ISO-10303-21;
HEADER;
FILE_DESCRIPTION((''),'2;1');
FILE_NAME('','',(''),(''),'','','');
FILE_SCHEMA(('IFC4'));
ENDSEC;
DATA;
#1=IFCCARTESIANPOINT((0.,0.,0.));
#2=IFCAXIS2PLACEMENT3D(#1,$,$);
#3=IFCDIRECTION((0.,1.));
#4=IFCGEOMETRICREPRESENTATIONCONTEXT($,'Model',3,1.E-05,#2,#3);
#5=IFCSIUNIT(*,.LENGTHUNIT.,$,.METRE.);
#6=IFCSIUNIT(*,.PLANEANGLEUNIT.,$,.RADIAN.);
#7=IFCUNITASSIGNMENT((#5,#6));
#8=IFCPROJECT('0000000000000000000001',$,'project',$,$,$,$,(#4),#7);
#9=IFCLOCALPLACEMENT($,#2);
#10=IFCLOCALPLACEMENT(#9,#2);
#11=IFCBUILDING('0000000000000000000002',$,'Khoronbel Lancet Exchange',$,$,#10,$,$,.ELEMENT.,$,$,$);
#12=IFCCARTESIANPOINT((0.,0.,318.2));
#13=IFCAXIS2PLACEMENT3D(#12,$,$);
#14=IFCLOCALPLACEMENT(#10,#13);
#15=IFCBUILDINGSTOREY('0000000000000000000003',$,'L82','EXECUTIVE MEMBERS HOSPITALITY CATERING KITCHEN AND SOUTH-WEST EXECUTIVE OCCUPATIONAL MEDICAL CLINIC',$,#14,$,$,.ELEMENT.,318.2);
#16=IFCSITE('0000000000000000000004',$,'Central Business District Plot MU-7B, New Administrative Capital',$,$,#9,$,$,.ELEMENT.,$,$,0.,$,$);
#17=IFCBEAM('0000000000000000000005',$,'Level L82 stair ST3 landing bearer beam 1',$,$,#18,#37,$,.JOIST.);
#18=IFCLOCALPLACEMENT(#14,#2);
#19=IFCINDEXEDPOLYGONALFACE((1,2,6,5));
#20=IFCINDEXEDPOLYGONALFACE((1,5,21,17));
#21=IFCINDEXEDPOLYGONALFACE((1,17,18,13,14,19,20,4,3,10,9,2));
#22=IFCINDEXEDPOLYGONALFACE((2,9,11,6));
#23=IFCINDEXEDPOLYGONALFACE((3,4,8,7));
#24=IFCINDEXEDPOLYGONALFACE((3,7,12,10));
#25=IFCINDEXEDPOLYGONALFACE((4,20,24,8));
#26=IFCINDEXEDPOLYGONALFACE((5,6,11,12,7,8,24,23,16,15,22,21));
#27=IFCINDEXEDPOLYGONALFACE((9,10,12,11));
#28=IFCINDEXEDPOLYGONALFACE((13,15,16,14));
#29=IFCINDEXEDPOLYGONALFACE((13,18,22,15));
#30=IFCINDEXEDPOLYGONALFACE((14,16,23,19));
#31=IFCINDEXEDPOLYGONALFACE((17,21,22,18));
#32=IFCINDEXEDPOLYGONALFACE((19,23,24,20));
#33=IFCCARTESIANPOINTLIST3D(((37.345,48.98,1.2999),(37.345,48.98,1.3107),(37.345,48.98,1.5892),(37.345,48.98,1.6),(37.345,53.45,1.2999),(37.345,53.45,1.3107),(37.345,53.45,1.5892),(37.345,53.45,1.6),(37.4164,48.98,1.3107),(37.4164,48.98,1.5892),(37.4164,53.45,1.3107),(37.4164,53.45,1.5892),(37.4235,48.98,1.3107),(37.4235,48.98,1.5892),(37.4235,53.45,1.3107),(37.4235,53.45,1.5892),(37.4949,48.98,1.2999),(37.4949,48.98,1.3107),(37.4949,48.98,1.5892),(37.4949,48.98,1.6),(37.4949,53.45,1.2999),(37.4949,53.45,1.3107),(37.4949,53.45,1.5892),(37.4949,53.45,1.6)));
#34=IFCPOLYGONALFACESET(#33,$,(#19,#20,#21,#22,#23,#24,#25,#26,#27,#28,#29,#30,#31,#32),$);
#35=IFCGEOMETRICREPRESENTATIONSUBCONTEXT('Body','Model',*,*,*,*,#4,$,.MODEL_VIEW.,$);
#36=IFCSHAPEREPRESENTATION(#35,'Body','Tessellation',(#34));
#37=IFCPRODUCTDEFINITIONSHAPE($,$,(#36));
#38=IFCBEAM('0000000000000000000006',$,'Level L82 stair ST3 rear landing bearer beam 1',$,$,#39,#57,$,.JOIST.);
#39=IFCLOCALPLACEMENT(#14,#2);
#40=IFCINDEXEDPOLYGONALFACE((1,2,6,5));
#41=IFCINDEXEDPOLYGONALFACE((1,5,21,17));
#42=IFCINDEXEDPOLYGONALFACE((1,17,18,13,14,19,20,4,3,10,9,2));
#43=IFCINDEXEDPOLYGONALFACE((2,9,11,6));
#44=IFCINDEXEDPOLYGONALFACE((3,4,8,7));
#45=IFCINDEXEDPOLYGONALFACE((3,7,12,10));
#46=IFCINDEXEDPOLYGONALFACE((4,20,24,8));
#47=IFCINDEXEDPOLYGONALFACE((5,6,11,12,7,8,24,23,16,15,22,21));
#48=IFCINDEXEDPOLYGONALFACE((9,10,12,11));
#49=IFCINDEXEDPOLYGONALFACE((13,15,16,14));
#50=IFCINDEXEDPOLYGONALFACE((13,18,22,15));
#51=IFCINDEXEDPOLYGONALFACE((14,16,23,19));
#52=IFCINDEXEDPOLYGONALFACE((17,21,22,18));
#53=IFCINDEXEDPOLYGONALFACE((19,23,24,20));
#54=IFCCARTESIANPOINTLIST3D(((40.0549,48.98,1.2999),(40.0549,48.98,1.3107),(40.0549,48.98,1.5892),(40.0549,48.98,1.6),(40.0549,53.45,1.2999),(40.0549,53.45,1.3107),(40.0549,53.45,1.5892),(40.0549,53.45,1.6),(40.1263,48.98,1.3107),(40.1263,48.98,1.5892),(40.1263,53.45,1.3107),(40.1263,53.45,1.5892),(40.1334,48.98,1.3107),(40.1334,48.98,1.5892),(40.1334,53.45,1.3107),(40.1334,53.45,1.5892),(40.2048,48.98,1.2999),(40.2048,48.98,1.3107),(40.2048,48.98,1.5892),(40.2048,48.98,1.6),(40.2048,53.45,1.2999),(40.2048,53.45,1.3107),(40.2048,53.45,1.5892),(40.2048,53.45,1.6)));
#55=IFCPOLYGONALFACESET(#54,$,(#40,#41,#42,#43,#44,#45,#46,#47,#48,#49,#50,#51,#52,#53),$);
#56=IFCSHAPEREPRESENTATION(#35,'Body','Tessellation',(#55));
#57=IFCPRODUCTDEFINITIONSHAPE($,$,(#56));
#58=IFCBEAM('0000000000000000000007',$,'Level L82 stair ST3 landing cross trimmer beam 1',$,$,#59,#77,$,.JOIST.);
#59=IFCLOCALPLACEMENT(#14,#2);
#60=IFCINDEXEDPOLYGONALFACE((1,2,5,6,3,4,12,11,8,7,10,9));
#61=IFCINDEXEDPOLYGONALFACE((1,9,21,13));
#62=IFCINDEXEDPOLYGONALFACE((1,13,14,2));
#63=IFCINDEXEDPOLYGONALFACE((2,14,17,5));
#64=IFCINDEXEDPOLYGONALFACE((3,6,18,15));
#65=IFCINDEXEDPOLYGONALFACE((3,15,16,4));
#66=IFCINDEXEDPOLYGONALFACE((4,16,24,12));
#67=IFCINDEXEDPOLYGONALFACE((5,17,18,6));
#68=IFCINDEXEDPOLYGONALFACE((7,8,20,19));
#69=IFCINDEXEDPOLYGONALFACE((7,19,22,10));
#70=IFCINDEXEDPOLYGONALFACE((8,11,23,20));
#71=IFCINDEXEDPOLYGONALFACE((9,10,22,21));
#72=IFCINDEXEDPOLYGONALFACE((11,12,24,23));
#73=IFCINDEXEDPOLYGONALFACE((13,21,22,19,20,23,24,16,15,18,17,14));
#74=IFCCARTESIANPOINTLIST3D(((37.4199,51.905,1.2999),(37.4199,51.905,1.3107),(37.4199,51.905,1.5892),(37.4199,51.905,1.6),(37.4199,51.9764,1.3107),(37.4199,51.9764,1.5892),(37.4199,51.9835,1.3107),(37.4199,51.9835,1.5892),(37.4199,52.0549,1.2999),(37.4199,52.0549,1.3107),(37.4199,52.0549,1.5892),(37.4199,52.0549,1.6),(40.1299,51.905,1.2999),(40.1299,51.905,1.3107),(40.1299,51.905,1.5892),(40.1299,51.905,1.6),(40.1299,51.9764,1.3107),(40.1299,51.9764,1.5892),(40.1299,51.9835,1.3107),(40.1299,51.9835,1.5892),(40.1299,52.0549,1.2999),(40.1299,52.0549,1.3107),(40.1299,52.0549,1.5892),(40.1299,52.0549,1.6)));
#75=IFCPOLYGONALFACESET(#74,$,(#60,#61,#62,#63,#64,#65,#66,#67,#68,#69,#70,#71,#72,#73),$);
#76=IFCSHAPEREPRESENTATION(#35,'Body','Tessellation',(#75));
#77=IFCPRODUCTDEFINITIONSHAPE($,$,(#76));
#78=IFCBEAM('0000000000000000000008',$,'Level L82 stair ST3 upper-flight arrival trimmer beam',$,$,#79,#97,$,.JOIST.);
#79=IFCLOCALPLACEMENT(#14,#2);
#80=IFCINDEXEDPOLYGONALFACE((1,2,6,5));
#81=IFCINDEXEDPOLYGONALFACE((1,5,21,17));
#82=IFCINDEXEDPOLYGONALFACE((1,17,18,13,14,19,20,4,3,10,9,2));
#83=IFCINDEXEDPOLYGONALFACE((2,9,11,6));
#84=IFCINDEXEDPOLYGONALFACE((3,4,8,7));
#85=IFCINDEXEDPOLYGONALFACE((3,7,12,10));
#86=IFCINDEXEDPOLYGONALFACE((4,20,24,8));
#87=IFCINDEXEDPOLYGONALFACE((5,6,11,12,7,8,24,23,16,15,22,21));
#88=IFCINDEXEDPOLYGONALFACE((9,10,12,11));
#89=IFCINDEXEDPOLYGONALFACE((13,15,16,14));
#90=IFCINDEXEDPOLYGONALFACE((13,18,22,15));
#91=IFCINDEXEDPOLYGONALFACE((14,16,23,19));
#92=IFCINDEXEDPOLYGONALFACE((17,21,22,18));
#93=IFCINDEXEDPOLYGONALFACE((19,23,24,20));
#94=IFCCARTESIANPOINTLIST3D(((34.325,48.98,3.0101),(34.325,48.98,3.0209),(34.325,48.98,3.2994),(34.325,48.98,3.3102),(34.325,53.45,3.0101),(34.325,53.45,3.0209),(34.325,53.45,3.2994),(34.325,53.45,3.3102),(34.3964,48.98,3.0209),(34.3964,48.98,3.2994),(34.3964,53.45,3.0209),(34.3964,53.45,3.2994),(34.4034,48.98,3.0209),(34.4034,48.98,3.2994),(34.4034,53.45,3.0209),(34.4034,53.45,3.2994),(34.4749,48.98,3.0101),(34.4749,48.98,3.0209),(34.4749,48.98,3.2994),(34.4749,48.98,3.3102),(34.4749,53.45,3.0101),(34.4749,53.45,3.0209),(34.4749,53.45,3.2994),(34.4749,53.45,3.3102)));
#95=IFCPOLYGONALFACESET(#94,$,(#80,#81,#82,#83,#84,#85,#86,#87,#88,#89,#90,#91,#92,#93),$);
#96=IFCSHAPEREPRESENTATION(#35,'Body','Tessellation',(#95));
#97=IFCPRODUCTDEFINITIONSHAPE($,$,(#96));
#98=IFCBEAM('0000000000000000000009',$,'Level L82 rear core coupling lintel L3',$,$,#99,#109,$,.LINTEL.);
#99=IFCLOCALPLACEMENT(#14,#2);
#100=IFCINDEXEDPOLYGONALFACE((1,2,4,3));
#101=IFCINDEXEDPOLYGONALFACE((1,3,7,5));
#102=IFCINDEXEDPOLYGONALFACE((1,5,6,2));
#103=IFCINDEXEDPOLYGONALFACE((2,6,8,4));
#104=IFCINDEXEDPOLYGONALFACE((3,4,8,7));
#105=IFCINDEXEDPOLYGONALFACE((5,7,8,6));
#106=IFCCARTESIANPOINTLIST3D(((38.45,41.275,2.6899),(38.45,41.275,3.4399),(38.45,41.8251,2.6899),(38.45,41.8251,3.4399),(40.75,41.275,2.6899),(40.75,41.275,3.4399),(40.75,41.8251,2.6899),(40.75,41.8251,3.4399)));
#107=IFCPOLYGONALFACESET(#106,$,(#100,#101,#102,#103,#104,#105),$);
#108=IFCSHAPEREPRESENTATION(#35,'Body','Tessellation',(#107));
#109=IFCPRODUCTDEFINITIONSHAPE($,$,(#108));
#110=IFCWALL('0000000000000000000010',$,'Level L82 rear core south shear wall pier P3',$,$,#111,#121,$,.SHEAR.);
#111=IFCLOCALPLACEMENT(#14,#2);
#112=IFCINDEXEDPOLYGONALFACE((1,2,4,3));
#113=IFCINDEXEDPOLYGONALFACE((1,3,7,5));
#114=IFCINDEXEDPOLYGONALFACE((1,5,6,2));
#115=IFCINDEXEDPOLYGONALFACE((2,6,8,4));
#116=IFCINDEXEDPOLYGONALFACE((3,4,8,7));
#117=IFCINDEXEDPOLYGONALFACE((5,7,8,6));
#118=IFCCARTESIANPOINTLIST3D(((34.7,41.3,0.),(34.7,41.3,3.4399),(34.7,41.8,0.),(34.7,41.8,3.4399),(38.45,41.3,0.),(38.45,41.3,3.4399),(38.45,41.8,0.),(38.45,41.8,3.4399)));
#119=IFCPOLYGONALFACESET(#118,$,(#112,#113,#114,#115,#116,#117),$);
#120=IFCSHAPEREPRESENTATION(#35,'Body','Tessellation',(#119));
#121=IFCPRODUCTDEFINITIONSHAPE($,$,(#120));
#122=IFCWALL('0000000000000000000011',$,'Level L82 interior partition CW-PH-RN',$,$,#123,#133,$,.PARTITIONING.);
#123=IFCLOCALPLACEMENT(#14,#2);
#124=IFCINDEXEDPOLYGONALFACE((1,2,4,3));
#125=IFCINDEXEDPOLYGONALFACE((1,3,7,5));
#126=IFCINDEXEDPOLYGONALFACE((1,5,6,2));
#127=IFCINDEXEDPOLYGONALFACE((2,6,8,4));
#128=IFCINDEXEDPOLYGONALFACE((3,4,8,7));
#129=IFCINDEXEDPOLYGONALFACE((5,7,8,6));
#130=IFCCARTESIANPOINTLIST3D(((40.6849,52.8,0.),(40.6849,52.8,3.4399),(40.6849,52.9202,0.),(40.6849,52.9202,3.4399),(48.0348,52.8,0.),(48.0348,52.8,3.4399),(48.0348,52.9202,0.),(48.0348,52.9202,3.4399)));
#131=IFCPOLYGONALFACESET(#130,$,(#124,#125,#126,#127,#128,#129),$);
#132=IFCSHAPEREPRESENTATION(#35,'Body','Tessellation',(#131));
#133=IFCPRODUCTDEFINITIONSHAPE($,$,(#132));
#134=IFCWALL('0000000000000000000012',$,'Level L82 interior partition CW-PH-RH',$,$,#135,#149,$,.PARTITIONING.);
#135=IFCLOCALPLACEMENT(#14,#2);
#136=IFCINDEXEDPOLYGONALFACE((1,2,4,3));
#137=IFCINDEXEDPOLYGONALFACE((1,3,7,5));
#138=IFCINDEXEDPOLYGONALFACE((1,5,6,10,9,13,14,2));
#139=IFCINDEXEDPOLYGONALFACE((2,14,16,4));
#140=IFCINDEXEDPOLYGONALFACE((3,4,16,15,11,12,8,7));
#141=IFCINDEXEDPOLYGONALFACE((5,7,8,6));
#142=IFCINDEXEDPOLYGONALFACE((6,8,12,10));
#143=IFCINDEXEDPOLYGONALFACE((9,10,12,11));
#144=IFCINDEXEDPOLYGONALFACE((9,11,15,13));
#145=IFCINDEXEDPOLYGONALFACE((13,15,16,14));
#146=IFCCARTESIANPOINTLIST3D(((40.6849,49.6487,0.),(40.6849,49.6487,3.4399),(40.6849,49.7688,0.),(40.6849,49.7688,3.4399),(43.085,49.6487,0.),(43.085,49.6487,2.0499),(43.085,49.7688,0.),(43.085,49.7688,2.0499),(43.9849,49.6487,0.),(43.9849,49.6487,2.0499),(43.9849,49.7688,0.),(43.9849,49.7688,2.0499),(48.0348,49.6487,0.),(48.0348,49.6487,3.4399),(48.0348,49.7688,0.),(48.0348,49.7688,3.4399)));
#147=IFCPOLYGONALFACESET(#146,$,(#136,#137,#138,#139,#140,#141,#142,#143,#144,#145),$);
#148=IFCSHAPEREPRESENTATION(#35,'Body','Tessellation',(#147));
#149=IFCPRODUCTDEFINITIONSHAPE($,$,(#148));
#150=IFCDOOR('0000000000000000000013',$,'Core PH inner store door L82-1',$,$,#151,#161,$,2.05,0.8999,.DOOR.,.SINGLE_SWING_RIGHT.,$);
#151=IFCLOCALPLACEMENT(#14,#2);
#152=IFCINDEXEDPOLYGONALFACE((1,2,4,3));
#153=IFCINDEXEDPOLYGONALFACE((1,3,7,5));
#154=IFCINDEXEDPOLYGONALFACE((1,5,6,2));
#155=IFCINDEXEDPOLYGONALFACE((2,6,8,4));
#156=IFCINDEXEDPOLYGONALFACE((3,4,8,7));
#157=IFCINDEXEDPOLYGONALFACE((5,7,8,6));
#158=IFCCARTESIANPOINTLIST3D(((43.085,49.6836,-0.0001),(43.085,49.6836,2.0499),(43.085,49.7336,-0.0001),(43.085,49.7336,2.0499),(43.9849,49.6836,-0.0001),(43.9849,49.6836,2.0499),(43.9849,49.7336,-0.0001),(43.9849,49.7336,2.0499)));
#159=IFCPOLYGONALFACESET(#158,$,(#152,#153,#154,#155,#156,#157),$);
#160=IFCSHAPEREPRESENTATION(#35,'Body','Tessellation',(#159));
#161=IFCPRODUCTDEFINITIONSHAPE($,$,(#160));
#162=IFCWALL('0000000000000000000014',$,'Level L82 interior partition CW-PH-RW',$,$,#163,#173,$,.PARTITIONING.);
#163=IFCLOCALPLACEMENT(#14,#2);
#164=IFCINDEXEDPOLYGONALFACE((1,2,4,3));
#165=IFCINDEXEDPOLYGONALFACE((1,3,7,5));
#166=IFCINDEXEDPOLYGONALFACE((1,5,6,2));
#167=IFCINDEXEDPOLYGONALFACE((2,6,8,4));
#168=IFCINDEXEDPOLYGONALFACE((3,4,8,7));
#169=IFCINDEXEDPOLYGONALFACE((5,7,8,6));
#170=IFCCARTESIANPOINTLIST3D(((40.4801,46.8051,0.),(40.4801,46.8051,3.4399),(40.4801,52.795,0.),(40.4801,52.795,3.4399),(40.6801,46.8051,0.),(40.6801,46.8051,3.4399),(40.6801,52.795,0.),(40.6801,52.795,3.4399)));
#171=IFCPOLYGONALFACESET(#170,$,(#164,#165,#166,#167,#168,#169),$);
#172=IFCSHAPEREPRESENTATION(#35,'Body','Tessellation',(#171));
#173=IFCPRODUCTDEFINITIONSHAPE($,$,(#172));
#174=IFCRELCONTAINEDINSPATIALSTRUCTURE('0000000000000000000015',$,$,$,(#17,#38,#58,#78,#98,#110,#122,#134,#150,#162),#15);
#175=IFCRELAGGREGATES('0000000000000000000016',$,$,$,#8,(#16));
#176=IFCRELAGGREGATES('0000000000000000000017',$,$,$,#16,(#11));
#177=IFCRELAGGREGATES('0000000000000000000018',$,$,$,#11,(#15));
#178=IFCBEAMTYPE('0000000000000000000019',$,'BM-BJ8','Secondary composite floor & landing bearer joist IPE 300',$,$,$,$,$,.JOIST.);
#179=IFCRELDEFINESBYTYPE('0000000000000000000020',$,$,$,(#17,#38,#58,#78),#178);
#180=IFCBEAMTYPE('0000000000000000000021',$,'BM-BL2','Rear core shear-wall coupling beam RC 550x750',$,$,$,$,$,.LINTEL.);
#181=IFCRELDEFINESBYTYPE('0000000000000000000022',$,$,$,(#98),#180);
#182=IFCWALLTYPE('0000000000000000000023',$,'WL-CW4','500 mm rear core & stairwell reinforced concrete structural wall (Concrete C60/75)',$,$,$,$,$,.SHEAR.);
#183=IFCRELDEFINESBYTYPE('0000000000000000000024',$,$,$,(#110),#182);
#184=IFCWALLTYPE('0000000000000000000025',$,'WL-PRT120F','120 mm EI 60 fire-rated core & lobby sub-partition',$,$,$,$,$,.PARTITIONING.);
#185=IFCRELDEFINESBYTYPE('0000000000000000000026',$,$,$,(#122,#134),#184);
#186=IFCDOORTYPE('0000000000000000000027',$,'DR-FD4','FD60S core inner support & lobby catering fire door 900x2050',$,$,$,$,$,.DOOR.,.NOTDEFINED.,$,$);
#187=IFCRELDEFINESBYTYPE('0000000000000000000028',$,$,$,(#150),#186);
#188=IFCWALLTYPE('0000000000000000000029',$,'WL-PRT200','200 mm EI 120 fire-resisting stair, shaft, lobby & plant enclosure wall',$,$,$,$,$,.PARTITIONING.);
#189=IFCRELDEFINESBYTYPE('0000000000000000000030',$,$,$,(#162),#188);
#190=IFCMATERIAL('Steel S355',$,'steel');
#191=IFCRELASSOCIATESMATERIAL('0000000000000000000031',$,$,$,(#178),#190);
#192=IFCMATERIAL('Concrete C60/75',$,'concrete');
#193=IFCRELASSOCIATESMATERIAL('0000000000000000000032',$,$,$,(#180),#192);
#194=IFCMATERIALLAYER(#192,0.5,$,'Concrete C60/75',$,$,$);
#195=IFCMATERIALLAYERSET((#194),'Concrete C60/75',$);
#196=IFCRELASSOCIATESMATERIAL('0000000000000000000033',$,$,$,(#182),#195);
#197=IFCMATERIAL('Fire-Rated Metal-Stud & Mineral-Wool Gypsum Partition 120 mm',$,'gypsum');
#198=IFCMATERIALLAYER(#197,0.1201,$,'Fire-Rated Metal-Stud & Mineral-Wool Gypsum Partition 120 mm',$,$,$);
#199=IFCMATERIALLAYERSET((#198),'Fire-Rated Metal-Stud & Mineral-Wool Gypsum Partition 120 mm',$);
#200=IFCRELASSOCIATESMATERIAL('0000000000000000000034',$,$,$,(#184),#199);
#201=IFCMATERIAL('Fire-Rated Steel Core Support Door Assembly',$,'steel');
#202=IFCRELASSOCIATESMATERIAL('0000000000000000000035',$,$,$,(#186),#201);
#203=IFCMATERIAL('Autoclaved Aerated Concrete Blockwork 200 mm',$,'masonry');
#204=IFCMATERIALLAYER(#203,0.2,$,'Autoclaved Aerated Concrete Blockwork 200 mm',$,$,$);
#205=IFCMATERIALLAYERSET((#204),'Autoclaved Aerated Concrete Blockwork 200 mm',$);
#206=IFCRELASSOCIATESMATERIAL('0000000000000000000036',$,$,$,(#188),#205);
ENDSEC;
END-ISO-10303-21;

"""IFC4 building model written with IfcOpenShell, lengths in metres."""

from ifc_helpers import new_model, si_unit, direction, frame, frame_2d, origin, origin_2d, place, context, subcontext, project, spatial, rectangle, i_section, extrude, material, layer, layer_set, material_profile, profile_set, type_object, element, fill, save


model = new_model("IFC4")

# Units and contexts
model_context = context("Model", 3, precision=1e-05, world=origin(), true_north=direction((0.0, 1.0)))
body_context = subcontext(model_context, "Body", "Model", "MODEL_VIEW")
ifc_project = project(units=[si_unit("LENGTHUNIT", "METRE"), si_unit("PLANEANGLEUNIT", "RADIAN")], contexts=[model_context])

# Site, building, storey
site_placement = place(None, origin())
site = spatial("IfcSite", under=ifc_project, at=site_placement, Name="Central Business District Plot MU-7B, New Administrative Capital", CompositionType="ELEMENT", RefElevation=0.0)
building_placement = place(site_placement, origin())
building = spatial("IfcBuilding", under=site, at=building_placement, Name="Khoronbel Lancet Exchange", CompositionType="ELEMENT")
storey_placement = place(building_placement, frame((0.0, 0.0, 318.2)))
storey = spatial("IfcBuildingStorey", under=building, at=storey_placement, Name="L82", Description="EXECUTIVE MEMBERS HOSPITALITY CATERING KITCHEN AND SOUTH-WEST EXECUTIVE OCCUPATIONAL MEDICAL CLINIC", CompositionType="ELEMENT", Elevation=318.2)

# Beams
ifc_material_1 = material(Name="Steel S355", Category="steel")
ifc_material_profile_1 = material_profile(ifc_material_1, i_section(OverallWidth=0.1499, OverallDepth=0.3, WebThickness=0.0071, FlangeThickness=0.0107, at=origin_2d()), Name="IPE 300")
ifc_profile_set_1 = profile_set([ifc_material_profile_1], Name="Steel S355")
beam_type_1 = type_object("IfcBeamType", Name="BM-BJ8", Description="Secondary composite floor & landing bearer joist IPE 300", PredefinedType="JOIST", material=ifc_profile_set_1)
for number, where, z_axis, x_axis, name in (
    (1, (37.4199, 48.98, 1.45), (0.0, 1.0, 0.0), (-1.0, 0.0, 0.0), "Level L82 stair ST3 landing bearer beam 1"),
    (2, (40.1299, 48.98, 1.45), (0.0, 1.0, 0.0), (-1.0, 0.0, 0.0), "Level L82 stair ST3 rear landing bearer beam 1"),
):
    element("IfcBeam", number, at=place(storey_placement, frame(where, z_axis=z_axis, x_axis=x_axis)), inside=storey, type_object=beam_type_1, Name=name, PredefinedType="JOIST", context=body_context, shape_type="SweptSolid", body=[
        extrude(i_section(OverallWidth=0.1499, OverallDepth=0.3, WebThickness=0.0071, FlangeThickness=0.0107, at=origin_2d()), origin(), (0.0, 0.0, 1.0), 4.47),
    ])
beam_1_placement = place(storey_placement, frame((37.4199, 51.98, 1.45), z_axis=(1.0, 0.0, 0.0), x_axis=(0.0, 1.0, 0.0)))
element("IfcBeam", 3, at=beam_1_placement, inside=storey, type_object=beam_type_1, Name="Level L82 stair ST3 landing cross trimmer beam 1", PredefinedType="JOIST", context=body_context, shape_type="SweptSolid", body=[
    extrude(i_section(OverallWidth=0.1499, OverallDepth=0.3, WebThickness=0.0071, FlangeThickness=0.0107, at=origin_2d()), origin(), (0.0, 0.0, 1.0), 2.71),
])
beam_2_placement = place(storey_placement, frame((34.3999, 48.98, 3.1602), z_axis=(0.0, 1.0, 0.0), x_axis=(-1.0, 0.0, 0.0)))
element("IfcBeam", 4, at=beam_2_placement, inside=storey, type_object=beam_type_1, Name="Level L82 stair ST3 upper-flight arrival trimmer beam", PredefinedType="JOIST", context=body_context, shape_type="SweptSolid", body=[
    extrude(i_section(OverallWidth=0.1499, OverallDepth=0.3, WebThickness=0.0071, FlangeThickness=0.0107, at=origin_2d()), origin(), (0.0, 0.0, 1.0), 4.47),
])
ifc_material_2 = material(Name="Concrete C60/75", Category="concrete")
ifc_material_profile_2 = material_profile(ifc_material_2, rectangle(XDim=0.55, YDim=0.75, at=origin_2d()), Name="RC 550x750")
ifc_profile_set_2 = profile_set([ifc_material_profile_2], Name="Concrete C60/75")
beam_type_2 = type_object("IfcBeamType", Name="BM-BL2", Description="Rear core shear-wall coupling beam RC 550x750", PredefinedType="LINTEL", material=ifc_profile_set_2)
beam_3_placement = place(storey_placement, frame((38.45, 41.55, 3.0649), z_axis=(1.0, 0.0, 0.0), x_axis=(0.0, 1.0, 0.0)))
element("IfcBeam", 5, at=beam_3_placement, inside=storey, type_object=beam_type_2, Name="Level L82 rear core coupling lintel L3", PredefinedType="LINTEL", context=body_context, shape_type="SweptSolid", body=[
    extrude(rectangle(XDim=0.55, YDim=0.75, at=origin_2d()), origin(), (0.0, 0.0, 1.0), 2.3),
])

# Walls
ifc_layer_1 = layer(ifc_material_2, 0.5, Name="Concrete C60/75")
ifc_layer_set_1 = layer_set([ifc_layer_1], Name="Concrete C60/75")
wall_type_1 = type_object("IfcWallType", Name="WL-CW4", Description="500 mm rear core & stairwell reinforced concrete structural wall (Concrete C60/75)", PredefinedType="SHEAR", material=ifc_layer_set_1)
wall_1_placement = place(storey_placement, frame((38.45, 41.55, 0.0), z_axis=(0.0, 0.0, 1.0), x_axis=(-1.0, 0.0, 0.0)))
element("IfcWall", 6, at=wall_1_placement, inside=storey, type_object=wall_type_1, Name="Level L82 rear core south shear wall pier P3", PredefinedType="SHEAR", context=body_context, shape_type="SweptSolid", body=[
    extrude(rectangle(XDim=3.75, YDim=0.5, at=frame_2d((1.875, 0.0))), origin(), (0.0, 0.0, 1.0), 3.4399),
])
ifc_material_3 = material(Name="Fire-Rated Metal-Stud & Mineral-Wool Gypsum Partition 120 mm", Category="gypsum")
ifc_layer_2 = layer(ifc_material_3, 0.1201, Name="Fire-Rated Metal-Stud & Mineral-Wool Gypsum Partition 120 mm")
ifc_layer_set_2 = layer_set([ifc_layer_2], Name="Fire-Rated Metal-Stud & Mineral-Wool Gypsum Partition 120 mm")
wall_type_2 = type_object("IfcWallType", Name="WL-PRT120F", Description="120 mm EI 60 fire-rated core & lobby sub-partition", PredefinedType="PARTITIONING", material=ifc_layer_set_2)
wall_2_placement = place(storey_placement, frame((40.6851, 52.8601, 0.0), z_axis=(0.0, 0.0, 1.0), x_axis=(1.0, 0.0, 0.0)))
element("IfcWall", 7, at=wall_2_placement, inside=storey, type_object=wall_type_2, Name="Level L82 interior partition CW-PH-RN", PredefinedType="PARTITIONING", context=body_context, shape_type="SweptSolid", body=[
    extrude(rectangle(XDim=7.3499, YDim=0.1201, at=frame_2d((3.6748, 0.0))), origin(), (0.0, 0.0, 1.0), 3.4399),
])

# Wall, opening, door
wall_3_placement = place(storey_placement, frame((40.6851, 49.7087, 0.0), z_axis=(0.0, 0.0, 1.0), x_axis=(1.0, 0.0, 0.0)))
wall_3 = element("IfcWall", 8, at=wall_3_placement, inside=storey, type_object=wall_type_2, Name="Level L82 interior partition CW-PH-RH", PredefinedType="PARTITIONING", context=body_context, shape_type="SweptSolid", body=[
    extrude(rectangle(XDim=7.3499, YDim=0.1201, at=frame_2d((3.6748, 0.0))), origin(), (0.0, 0.0, 1.0), 3.4399),
])
opening_1_placement = place(wall_3_placement, frame((2.3999, 0.0, 0.0)))
opening_1 = element("IfcOpeningElement", 9, at=opening_1_placement, cuts=wall_3, PredefinedType="OPENING", context=body_context, shape_type="SweptSolid", body=[
    extrude(rectangle(XDim=0.8999, YDim=2.05, at=frame_2d((0.45, 1.0249))), frame((0.0, 0.0701, 0.0), z_axis=(0.0, -1.0, 0.0), x_axis=(1.0, 0.0, 0.0)), (0.0, 0.0, 1.0), 0.1401),
])
ifc_material_4 = material(Name="Fire-Rated Steel Core Support Door Assembly", Category="steel")
door_type_1 = type_object("IfcDoorType", Name="DR-FD4", Description="FD60S core inner support & lobby catering fire door 900x2050", OperationType="NOTDEFINED", PredefinedType="DOOR", material=ifc_material_4)
door_1_placement = place(opening_1_placement, origin())
door_1 = element("IfcDoor", 10, at=door_1_placement, inside=storey, type_object=door_type_1, Name="Core PH inner store door L82-1", OperationType="SINGLE_SWING_RIGHT", OverallHeight=2.05, OverallWidth=0.8999, PredefinedType="DOOR", context=body_context, shape_type="SweptSolid", body=[
    extrude(rectangle(XDim=0.8999, YDim=2.05, at=frame_2d((0.45, 1.0249))), frame((0.0, 0.0249, 0.0), z_axis=(0.0, -1.0, 0.0), x_axis=(1.0, 0.0, 0.0)), (0.0, 0.0, 1.0), 0.05),
])
fill(opening_1, door_1)

# Wall
ifc_material_5 = material(Name="Autoclaved Aerated Concrete Blockwork 200 mm", Category="masonry")
ifc_layer_3 = layer(ifc_material_5, 0.2, Name="Autoclaved Aerated Concrete Blockwork 200 mm")
ifc_layer_set_3 = layer_set([ifc_layer_3], Name="Autoclaved Aerated Concrete Blockwork 200 mm")
wall_type_3 = type_object("IfcWallType", Name="WL-PRT200", Description="200 mm EI 120 fire-resisting stair, shaft, lobby & plant enclosure wall", PredefinedType="PARTITIONING", material=ifc_layer_set_3)
wall_4_placement = place(storey_placement, frame((40.5801, 46.8049, 0.0), z_axis=(0.0, 0.0, 1.0), x_axis=(0.0, 1.0, 0.0)))
element("IfcWall", 11, at=wall_4_placement, inside=storey, type_object=wall_type_3, Name="Level L82 interior partition CW-PH-RW", PredefinedType="PARTITIONING", context=body_context, shape_type="SweptSolid", body=[
    extrude(rectangle(XDim=5.99, YDim=0.2, at=frame_2d((2.9951, 0.0))), origin(), (0.0, 0.0, 1.0), 3.4399),
])

save(model, "model.ifc")
